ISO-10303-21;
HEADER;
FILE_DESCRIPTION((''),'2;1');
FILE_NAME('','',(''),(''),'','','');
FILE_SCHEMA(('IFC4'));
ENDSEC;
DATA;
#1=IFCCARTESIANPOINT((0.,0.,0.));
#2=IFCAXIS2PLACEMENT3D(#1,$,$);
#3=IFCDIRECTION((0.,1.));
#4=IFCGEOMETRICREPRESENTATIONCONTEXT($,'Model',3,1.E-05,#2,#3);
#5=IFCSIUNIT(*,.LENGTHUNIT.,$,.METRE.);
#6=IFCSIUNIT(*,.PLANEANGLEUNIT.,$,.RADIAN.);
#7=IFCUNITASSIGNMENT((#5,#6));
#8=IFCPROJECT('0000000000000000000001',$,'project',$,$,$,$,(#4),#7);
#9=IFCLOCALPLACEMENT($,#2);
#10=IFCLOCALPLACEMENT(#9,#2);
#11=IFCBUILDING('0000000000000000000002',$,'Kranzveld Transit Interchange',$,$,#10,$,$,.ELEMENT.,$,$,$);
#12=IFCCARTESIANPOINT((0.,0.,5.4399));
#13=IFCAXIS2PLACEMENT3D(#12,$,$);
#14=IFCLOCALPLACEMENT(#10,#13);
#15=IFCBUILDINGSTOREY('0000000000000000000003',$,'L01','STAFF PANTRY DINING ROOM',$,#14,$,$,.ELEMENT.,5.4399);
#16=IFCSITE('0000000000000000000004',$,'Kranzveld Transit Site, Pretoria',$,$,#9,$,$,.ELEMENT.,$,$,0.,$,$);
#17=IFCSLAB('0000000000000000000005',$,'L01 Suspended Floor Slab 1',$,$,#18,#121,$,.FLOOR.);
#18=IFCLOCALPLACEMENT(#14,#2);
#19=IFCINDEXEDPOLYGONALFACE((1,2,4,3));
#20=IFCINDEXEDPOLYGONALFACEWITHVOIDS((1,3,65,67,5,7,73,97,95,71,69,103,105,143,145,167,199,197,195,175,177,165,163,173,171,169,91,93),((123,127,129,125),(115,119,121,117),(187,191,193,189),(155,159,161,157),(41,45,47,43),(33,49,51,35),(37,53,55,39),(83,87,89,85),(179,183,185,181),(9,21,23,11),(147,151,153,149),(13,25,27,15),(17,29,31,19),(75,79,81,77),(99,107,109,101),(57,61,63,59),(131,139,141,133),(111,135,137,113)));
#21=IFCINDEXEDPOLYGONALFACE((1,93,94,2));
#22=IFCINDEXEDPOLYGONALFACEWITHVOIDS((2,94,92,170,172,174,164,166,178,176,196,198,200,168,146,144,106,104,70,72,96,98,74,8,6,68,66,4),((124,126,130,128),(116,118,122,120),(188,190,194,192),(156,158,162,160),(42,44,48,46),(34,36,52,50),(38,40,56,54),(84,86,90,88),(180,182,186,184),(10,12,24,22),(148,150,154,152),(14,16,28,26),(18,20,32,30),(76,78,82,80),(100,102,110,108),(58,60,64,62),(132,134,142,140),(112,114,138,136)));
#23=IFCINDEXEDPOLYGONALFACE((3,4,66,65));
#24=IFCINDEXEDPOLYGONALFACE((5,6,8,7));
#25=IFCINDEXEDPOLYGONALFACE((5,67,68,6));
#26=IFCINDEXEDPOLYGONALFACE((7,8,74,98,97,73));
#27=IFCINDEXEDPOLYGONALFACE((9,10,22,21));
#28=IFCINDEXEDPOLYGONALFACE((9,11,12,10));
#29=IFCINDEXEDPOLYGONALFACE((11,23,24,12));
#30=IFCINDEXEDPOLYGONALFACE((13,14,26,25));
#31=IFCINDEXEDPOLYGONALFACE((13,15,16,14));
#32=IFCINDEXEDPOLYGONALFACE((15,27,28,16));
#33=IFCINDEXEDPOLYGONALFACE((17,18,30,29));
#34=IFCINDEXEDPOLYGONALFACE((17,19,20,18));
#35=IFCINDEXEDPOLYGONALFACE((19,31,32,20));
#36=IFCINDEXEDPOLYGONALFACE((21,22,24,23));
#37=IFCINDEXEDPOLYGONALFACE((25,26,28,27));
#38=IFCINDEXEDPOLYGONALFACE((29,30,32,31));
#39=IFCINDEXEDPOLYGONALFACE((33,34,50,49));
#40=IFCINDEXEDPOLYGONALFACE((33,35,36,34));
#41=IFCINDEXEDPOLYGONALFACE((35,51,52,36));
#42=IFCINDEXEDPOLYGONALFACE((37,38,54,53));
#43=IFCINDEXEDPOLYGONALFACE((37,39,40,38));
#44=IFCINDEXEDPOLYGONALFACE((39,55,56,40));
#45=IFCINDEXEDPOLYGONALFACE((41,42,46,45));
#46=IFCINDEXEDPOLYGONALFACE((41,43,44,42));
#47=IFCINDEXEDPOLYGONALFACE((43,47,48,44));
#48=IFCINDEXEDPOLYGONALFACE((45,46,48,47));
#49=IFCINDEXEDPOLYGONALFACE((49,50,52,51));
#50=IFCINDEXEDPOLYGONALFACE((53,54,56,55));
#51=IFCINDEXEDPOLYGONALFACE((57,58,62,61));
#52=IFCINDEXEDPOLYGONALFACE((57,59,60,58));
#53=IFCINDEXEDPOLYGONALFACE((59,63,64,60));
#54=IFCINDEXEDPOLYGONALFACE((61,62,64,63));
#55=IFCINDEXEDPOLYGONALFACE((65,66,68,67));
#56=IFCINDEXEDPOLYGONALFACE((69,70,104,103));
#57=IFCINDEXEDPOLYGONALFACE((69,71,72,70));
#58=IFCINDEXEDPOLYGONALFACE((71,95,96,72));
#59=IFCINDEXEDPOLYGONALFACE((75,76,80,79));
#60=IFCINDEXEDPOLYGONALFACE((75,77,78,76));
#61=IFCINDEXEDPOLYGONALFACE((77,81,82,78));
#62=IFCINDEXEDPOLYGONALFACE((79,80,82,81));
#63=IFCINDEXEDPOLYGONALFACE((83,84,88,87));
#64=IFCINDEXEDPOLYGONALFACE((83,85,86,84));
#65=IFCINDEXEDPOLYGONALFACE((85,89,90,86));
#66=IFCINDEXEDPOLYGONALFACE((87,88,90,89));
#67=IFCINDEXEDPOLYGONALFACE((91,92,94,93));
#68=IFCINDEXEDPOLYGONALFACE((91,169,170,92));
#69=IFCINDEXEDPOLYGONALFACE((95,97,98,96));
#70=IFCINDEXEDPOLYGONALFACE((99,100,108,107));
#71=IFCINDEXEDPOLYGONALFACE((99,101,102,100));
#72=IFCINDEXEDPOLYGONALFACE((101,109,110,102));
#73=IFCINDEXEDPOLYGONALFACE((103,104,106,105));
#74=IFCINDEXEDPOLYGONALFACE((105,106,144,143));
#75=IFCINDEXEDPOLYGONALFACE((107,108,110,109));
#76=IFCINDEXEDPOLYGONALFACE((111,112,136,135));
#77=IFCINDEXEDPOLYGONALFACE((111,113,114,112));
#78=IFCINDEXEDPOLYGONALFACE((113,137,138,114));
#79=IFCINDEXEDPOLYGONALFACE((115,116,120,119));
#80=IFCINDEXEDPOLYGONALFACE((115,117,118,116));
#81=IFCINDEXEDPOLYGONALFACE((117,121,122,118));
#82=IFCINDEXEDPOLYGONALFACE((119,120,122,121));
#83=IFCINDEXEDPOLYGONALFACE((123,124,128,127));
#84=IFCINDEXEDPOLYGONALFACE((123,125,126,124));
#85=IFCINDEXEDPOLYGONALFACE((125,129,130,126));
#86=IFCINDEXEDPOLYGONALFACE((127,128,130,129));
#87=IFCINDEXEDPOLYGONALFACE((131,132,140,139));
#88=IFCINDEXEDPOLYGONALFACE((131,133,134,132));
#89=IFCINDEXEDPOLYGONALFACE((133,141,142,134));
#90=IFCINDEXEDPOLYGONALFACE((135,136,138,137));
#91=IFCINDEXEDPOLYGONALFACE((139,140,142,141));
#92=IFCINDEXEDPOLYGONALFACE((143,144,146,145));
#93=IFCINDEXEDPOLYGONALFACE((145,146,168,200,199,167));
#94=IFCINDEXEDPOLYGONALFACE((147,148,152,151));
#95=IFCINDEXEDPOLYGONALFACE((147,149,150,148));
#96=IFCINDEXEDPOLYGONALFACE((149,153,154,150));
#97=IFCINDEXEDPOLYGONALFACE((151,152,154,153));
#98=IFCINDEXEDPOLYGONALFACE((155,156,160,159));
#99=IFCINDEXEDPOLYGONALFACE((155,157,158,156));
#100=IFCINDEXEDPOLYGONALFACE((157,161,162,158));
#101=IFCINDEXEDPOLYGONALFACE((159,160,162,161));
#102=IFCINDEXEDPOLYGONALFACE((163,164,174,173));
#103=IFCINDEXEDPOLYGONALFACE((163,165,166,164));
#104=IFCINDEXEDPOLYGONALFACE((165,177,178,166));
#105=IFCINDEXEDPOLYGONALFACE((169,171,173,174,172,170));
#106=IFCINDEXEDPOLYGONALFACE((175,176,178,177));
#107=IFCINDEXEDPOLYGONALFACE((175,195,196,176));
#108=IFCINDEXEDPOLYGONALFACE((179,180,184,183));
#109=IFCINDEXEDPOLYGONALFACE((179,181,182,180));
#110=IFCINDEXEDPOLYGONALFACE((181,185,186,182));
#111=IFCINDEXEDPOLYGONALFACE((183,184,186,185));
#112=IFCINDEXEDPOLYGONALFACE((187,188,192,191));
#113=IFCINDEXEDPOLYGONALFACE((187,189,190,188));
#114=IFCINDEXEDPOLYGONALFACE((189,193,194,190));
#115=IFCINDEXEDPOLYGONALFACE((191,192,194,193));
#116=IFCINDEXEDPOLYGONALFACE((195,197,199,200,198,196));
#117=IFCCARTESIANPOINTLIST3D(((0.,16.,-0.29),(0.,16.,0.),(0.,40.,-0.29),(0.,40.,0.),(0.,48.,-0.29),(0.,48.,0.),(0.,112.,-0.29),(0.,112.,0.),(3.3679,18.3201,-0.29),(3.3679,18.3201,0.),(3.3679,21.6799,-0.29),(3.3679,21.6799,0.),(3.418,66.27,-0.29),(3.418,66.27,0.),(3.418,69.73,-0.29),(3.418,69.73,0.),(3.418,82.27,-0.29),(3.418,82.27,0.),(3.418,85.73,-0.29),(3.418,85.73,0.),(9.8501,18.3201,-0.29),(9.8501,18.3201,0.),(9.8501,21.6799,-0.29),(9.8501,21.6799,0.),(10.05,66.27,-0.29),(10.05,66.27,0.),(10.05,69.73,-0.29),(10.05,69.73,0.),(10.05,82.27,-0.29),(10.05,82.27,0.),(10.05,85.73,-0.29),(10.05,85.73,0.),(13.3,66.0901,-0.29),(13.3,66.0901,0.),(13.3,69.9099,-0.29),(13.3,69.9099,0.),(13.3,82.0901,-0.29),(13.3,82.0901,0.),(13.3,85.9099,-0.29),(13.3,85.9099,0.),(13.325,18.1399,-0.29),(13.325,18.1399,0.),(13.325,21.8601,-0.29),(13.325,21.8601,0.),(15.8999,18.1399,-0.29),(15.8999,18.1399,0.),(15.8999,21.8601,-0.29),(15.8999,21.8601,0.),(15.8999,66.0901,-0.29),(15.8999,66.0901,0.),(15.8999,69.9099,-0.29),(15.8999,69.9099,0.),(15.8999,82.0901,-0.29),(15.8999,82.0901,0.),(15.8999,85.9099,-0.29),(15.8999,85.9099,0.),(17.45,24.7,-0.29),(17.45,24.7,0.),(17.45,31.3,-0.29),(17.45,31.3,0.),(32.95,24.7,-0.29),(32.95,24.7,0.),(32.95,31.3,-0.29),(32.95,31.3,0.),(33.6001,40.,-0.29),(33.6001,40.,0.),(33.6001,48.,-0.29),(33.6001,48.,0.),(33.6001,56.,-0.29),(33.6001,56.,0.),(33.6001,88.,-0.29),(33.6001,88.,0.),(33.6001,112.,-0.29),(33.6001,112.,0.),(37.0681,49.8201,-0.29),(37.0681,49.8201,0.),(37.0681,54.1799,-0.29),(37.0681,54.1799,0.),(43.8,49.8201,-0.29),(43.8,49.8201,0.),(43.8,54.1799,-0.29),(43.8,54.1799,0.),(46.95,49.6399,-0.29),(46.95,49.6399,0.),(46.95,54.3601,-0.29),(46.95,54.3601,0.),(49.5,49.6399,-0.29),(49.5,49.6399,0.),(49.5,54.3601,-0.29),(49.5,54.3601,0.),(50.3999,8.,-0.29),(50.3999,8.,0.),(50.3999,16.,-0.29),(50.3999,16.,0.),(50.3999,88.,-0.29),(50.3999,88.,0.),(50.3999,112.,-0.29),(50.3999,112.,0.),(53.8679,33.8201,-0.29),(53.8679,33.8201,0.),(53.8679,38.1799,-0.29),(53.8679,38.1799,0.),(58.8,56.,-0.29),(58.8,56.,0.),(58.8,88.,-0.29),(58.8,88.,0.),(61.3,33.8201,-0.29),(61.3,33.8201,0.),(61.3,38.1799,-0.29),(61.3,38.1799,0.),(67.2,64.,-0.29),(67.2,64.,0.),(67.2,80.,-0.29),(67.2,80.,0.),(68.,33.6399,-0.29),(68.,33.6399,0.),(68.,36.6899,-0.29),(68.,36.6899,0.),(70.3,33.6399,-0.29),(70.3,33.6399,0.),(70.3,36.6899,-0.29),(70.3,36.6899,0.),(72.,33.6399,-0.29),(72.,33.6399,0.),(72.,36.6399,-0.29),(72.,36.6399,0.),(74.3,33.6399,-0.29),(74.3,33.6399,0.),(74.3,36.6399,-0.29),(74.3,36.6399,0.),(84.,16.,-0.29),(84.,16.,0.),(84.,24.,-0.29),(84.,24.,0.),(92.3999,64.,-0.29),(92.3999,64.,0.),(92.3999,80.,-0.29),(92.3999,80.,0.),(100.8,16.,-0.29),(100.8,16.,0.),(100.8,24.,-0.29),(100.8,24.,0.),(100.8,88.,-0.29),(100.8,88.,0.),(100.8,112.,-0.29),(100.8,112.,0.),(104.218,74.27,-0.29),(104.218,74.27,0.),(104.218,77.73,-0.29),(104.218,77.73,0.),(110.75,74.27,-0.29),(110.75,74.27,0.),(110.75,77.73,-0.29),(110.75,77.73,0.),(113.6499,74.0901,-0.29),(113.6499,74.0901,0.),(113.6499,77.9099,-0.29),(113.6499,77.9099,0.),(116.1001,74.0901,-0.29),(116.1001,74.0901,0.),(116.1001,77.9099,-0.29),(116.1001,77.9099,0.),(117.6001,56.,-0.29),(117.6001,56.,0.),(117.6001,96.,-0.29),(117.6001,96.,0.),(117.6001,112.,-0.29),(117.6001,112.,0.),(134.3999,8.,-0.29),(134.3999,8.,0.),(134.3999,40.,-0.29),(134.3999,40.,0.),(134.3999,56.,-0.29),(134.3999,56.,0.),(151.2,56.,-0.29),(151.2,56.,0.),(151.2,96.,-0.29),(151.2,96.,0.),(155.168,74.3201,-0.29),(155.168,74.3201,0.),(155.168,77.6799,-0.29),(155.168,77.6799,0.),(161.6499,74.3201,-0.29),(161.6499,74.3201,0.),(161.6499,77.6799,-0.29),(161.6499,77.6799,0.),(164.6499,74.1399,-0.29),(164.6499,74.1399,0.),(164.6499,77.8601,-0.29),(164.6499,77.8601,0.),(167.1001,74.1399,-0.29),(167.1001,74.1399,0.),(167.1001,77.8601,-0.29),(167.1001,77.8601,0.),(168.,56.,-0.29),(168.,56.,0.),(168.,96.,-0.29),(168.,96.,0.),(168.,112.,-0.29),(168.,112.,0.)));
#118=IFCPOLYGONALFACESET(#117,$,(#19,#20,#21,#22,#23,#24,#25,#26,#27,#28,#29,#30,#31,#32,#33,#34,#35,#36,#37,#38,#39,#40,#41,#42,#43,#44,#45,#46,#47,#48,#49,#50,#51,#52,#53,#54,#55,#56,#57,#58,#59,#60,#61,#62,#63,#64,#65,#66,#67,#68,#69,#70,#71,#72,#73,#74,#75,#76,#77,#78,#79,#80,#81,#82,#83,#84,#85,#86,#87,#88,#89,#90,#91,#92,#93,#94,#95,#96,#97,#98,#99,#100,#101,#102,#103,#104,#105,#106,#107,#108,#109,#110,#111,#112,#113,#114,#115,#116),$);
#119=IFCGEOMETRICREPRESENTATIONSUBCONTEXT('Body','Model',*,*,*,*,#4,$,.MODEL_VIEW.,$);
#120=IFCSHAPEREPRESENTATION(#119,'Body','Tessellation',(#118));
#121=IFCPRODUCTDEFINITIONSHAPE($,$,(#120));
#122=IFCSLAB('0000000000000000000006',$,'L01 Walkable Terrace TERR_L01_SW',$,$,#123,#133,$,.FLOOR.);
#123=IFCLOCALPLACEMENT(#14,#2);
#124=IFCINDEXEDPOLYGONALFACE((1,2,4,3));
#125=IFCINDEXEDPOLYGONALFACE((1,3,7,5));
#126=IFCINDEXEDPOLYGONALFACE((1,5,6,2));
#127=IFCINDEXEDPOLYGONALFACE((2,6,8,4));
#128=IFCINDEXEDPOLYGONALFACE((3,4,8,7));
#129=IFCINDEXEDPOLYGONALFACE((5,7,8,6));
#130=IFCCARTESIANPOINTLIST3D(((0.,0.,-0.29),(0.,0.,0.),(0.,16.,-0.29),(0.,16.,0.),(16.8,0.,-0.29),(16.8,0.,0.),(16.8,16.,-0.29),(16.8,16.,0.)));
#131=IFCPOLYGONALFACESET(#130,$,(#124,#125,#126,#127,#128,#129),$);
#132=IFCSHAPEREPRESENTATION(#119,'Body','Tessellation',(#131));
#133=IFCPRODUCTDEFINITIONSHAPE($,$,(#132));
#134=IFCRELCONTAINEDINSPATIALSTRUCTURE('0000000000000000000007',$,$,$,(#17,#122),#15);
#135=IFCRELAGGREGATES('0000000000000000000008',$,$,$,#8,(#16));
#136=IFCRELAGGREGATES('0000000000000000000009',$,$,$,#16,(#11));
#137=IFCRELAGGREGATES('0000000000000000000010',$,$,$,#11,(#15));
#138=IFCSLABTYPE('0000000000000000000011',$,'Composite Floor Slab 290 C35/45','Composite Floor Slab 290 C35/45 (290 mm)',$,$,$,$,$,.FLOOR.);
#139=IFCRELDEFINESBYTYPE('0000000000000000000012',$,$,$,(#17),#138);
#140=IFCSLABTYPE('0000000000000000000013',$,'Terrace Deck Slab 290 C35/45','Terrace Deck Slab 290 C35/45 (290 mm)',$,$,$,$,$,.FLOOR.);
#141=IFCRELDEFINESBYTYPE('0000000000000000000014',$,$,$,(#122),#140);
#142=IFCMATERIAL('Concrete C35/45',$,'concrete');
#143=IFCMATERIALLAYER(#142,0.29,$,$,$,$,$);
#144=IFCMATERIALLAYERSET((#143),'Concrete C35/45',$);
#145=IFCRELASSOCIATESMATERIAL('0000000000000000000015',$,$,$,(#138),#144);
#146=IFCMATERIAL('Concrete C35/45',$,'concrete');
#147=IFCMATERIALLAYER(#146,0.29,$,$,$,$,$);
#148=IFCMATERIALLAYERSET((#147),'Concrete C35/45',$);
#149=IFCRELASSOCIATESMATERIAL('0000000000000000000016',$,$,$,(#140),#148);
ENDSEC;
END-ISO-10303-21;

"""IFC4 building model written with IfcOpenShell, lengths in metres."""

from ifc_helpers import new_model, si_unit, direction, frame, origin, place, context, subcontext, project, spatial, polyline, outline, extrude, material, layer, layer_set, type_object, element, save


model = new_model("IFC4")

# Units and contexts
model_context = context("Model", 3, precision=1e-05, world=origin(), true_north=direction((0.0, 1.0)))
body_context = subcontext(model_context, "Body", "Model", "MODEL_VIEW")
ifc_project = project(units=[si_unit("LENGTHUNIT", "METRE"), si_unit("PLANEANGLEUNIT", "RADIAN")], contexts=[model_context])

# Site, building, storey
site_placement = place(None, origin())
site = spatial("IfcSite", under=ifc_project, at=site_placement, Name="Kranzveld Transit Site, Pretoria", CompositionType="ELEMENT", RefElevation=0.0)
building_placement = place(site_placement, origin())
building = spatial("IfcBuilding", under=site, at=building_placement, Name="Kranzveld Transit Interchange", CompositionType="ELEMENT")
storey_placement = place(building_placement, frame((0.0, 0.0, 5.4399)))
storey = spatial("IfcBuildingStorey", under=building, at=storey_placement, Name="L01", Description="STAFF PANTRY DINING ROOM", CompositionType="ELEMENT", Elevation=5.4399)

# Slabs
ifc_material_1 = material(Name="Concrete C35/45", Category="concrete")
ifc_layer_1 = layer(ifc_material_1, 0.29)
ifc_layer_set_1 = layer_set([ifc_layer_1], Name="Concrete C35/45")
slab_type_1 = type_object("IfcSlabType", Name="Composite Floor Slab 290 C35/45", Description="Composite Floor Slab 290 C35/45 (290 mm)", PredefinedType="FLOOR", material=ifc_layer_set_1)
slab_1_placement = place(storey_placement, frame((0.0, 0.0, -0.29)))
element("IfcSlab", 1, at=slab_1_placement, inside=storey, type_object=slab_type_1, Name="L01 Suspended Floor Slab 1", PredefinedType="FLOOR", context=body_context, shape_type="SweptSolid", body=[
    extrude(outline(polyline([(50.3999, 16.0), (0.0, 16.0), (0.0, 40.0), (33.6001, 40.0), (33.6001, 48.0), (0.0, 48.0), (0.0, 112.0), (33.6001, 112.0), (50.3999, 112.0), (50.3999, 88.0), (33.6001, 88.0), (33.6001, 56.0), (58.8, 56.0), (58.8, 88.0), (100.8, 88.0), (100.8, 112.0), (117.6001, 112.0), (168.0, 112.0), (168.0, 96.0), (168.0, 56.0), (151.2, 56.0), (151.2, 96.0), (117.6001, 96.0), (117.6001, 56.0), (134.3999, 56.0), (134.3999, 40.0), (134.3999, 8.0), (50.3999, 8.0), (50.3999, 16.0)]), holes=[polyline([(9.8501, 18.3201), (9.8501, 21.6799), (3.3679, 21.6799), (3.3679, 18.3201), (9.8501, 18.3201)]), polyline([(15.8999, 21.8601), (13.325, 21.8601), (13.325, 18.1399), (15.8999, 18.1399), (15.8999, 21.8601)]), polyline([(32.95, 31.3), (17.45, 31.3), (17.45, 24.7), (32.95, 24.7), (32.95, 31.3)]), polyline([(43.8, 49.8201), (43.8, 54.1799), (37.0681, 54.1799), (37.0681, 49.8201), (43.8, 49.8201)]), polyline([(49.5, 54.3601), (46.95, 54.3601), (46.95, 49.6399), (49.5, 49.6399), (49.5, 54.3601)]), polyline([(10.05, 66.27), (10.05, 69.73), (3.418, 69.73), (3.418, 66.27), (10.05, 66.27)]), polyline([(15.8999, 69.9099), (13.3, 69.9099), (13.3, 66.0901), (15.8999, 66.0901), (15.8999, 69.9099)]), polyline([(3.418, 82.27), (10.05, 82.27), (10.05, 85.73), (3.418, 85.73), (3.418, 82.27)]), polyline([(15.8999, 82.0901), (15.8999, 85.9099), (13.3, 85.9099), (13.3, 82.0901), (15.8999, 82.0901)]), polyline([(100.8, 24.0), (84.0, 24.0), (84.0, 16.0), (100.8, 16.0), (100.8, 24.0)]), polyline([(74.3, 36.6399), (72.0, 36.6399), (72.0, 33.6399), (74.3, 33.6399), (74.3, 36.6399)]), polyline([(70.3, 36.6899), (68.0, 36.6899), (68.0, 33.6399), (70.3, 33.6399), (70.3, 36.6899)]), polyline([(61.3, 33.8201), (61.3, 38.1799), (53.8679, 38.1799), (53.8679, 33.8201), (61.3, 33.8201)]), polyline([(92.3999, 80.0), (67.2, 80.0), (67.2, 64.0), (92.3999, 64.0), (92.3999, 80.0)]), polyline([(110.75, 74.27), (110.75, 77.73), (104.218, 77.73), (104.218, 74.27), (110.75, 74.27)]), polyline([(116.1001, 77.9099), (113.6499, 77.9099), (113.6499, 74.0901), (116.1001, 74.0901), (116.1001, 77.9099)]), polyline([(155.168, 74.3201), (161.6499, 74.3201), (161.6499, 77.6799), (155.168, 77.6799), (155.168, 74.3201)]), polyline([(167.1001, 74.1399), (167.1001, 77.8601), (164.6499, 77.8601), (164.6499, 74.1399), (167.1001, 74.1399)])]), origin(), (0.0, 0.0, 1.0), 0.29),
])
ifc_material_2 = material(Name="Concrete C35/45", Category="concrete")
ifc_layer_2 = layer(ifc_material_2, 0.29)
ifc_layer_set_2 = layer_set([ifc_layer_2], Name="Concrete C35/45")
slab_type_2 = type_object("IfcSlabType", Name="Terrace Deck Slab 290 C35/45", Description="Terrace Deck Slab 290 C35/45 (290 mm)", PredefinedType="FLOOR", material=ifc_layer_set_2)
slab_2_placement = place(storey_placement, frame((0.0, 0.0, -0.29)))
element("IfcSlab", 2, at=slab_2_placement, inside=storey, type_object=slab_type_2, Name="L01 Walkable Terrace TERR_L01_SW", PredefinedType="FLOOR", context=body_context, shape_type="SweptSolid", body=[
    extrude(outline(polyline([(16.8, 0.0), (16.8, 16.0), (0.0, 16.0), (0.0, 0.0), (16.8, 0.0)])), origin(), (0.0, 0.0, 1.0), 0.29),
])

save(model, "model.ifc")
